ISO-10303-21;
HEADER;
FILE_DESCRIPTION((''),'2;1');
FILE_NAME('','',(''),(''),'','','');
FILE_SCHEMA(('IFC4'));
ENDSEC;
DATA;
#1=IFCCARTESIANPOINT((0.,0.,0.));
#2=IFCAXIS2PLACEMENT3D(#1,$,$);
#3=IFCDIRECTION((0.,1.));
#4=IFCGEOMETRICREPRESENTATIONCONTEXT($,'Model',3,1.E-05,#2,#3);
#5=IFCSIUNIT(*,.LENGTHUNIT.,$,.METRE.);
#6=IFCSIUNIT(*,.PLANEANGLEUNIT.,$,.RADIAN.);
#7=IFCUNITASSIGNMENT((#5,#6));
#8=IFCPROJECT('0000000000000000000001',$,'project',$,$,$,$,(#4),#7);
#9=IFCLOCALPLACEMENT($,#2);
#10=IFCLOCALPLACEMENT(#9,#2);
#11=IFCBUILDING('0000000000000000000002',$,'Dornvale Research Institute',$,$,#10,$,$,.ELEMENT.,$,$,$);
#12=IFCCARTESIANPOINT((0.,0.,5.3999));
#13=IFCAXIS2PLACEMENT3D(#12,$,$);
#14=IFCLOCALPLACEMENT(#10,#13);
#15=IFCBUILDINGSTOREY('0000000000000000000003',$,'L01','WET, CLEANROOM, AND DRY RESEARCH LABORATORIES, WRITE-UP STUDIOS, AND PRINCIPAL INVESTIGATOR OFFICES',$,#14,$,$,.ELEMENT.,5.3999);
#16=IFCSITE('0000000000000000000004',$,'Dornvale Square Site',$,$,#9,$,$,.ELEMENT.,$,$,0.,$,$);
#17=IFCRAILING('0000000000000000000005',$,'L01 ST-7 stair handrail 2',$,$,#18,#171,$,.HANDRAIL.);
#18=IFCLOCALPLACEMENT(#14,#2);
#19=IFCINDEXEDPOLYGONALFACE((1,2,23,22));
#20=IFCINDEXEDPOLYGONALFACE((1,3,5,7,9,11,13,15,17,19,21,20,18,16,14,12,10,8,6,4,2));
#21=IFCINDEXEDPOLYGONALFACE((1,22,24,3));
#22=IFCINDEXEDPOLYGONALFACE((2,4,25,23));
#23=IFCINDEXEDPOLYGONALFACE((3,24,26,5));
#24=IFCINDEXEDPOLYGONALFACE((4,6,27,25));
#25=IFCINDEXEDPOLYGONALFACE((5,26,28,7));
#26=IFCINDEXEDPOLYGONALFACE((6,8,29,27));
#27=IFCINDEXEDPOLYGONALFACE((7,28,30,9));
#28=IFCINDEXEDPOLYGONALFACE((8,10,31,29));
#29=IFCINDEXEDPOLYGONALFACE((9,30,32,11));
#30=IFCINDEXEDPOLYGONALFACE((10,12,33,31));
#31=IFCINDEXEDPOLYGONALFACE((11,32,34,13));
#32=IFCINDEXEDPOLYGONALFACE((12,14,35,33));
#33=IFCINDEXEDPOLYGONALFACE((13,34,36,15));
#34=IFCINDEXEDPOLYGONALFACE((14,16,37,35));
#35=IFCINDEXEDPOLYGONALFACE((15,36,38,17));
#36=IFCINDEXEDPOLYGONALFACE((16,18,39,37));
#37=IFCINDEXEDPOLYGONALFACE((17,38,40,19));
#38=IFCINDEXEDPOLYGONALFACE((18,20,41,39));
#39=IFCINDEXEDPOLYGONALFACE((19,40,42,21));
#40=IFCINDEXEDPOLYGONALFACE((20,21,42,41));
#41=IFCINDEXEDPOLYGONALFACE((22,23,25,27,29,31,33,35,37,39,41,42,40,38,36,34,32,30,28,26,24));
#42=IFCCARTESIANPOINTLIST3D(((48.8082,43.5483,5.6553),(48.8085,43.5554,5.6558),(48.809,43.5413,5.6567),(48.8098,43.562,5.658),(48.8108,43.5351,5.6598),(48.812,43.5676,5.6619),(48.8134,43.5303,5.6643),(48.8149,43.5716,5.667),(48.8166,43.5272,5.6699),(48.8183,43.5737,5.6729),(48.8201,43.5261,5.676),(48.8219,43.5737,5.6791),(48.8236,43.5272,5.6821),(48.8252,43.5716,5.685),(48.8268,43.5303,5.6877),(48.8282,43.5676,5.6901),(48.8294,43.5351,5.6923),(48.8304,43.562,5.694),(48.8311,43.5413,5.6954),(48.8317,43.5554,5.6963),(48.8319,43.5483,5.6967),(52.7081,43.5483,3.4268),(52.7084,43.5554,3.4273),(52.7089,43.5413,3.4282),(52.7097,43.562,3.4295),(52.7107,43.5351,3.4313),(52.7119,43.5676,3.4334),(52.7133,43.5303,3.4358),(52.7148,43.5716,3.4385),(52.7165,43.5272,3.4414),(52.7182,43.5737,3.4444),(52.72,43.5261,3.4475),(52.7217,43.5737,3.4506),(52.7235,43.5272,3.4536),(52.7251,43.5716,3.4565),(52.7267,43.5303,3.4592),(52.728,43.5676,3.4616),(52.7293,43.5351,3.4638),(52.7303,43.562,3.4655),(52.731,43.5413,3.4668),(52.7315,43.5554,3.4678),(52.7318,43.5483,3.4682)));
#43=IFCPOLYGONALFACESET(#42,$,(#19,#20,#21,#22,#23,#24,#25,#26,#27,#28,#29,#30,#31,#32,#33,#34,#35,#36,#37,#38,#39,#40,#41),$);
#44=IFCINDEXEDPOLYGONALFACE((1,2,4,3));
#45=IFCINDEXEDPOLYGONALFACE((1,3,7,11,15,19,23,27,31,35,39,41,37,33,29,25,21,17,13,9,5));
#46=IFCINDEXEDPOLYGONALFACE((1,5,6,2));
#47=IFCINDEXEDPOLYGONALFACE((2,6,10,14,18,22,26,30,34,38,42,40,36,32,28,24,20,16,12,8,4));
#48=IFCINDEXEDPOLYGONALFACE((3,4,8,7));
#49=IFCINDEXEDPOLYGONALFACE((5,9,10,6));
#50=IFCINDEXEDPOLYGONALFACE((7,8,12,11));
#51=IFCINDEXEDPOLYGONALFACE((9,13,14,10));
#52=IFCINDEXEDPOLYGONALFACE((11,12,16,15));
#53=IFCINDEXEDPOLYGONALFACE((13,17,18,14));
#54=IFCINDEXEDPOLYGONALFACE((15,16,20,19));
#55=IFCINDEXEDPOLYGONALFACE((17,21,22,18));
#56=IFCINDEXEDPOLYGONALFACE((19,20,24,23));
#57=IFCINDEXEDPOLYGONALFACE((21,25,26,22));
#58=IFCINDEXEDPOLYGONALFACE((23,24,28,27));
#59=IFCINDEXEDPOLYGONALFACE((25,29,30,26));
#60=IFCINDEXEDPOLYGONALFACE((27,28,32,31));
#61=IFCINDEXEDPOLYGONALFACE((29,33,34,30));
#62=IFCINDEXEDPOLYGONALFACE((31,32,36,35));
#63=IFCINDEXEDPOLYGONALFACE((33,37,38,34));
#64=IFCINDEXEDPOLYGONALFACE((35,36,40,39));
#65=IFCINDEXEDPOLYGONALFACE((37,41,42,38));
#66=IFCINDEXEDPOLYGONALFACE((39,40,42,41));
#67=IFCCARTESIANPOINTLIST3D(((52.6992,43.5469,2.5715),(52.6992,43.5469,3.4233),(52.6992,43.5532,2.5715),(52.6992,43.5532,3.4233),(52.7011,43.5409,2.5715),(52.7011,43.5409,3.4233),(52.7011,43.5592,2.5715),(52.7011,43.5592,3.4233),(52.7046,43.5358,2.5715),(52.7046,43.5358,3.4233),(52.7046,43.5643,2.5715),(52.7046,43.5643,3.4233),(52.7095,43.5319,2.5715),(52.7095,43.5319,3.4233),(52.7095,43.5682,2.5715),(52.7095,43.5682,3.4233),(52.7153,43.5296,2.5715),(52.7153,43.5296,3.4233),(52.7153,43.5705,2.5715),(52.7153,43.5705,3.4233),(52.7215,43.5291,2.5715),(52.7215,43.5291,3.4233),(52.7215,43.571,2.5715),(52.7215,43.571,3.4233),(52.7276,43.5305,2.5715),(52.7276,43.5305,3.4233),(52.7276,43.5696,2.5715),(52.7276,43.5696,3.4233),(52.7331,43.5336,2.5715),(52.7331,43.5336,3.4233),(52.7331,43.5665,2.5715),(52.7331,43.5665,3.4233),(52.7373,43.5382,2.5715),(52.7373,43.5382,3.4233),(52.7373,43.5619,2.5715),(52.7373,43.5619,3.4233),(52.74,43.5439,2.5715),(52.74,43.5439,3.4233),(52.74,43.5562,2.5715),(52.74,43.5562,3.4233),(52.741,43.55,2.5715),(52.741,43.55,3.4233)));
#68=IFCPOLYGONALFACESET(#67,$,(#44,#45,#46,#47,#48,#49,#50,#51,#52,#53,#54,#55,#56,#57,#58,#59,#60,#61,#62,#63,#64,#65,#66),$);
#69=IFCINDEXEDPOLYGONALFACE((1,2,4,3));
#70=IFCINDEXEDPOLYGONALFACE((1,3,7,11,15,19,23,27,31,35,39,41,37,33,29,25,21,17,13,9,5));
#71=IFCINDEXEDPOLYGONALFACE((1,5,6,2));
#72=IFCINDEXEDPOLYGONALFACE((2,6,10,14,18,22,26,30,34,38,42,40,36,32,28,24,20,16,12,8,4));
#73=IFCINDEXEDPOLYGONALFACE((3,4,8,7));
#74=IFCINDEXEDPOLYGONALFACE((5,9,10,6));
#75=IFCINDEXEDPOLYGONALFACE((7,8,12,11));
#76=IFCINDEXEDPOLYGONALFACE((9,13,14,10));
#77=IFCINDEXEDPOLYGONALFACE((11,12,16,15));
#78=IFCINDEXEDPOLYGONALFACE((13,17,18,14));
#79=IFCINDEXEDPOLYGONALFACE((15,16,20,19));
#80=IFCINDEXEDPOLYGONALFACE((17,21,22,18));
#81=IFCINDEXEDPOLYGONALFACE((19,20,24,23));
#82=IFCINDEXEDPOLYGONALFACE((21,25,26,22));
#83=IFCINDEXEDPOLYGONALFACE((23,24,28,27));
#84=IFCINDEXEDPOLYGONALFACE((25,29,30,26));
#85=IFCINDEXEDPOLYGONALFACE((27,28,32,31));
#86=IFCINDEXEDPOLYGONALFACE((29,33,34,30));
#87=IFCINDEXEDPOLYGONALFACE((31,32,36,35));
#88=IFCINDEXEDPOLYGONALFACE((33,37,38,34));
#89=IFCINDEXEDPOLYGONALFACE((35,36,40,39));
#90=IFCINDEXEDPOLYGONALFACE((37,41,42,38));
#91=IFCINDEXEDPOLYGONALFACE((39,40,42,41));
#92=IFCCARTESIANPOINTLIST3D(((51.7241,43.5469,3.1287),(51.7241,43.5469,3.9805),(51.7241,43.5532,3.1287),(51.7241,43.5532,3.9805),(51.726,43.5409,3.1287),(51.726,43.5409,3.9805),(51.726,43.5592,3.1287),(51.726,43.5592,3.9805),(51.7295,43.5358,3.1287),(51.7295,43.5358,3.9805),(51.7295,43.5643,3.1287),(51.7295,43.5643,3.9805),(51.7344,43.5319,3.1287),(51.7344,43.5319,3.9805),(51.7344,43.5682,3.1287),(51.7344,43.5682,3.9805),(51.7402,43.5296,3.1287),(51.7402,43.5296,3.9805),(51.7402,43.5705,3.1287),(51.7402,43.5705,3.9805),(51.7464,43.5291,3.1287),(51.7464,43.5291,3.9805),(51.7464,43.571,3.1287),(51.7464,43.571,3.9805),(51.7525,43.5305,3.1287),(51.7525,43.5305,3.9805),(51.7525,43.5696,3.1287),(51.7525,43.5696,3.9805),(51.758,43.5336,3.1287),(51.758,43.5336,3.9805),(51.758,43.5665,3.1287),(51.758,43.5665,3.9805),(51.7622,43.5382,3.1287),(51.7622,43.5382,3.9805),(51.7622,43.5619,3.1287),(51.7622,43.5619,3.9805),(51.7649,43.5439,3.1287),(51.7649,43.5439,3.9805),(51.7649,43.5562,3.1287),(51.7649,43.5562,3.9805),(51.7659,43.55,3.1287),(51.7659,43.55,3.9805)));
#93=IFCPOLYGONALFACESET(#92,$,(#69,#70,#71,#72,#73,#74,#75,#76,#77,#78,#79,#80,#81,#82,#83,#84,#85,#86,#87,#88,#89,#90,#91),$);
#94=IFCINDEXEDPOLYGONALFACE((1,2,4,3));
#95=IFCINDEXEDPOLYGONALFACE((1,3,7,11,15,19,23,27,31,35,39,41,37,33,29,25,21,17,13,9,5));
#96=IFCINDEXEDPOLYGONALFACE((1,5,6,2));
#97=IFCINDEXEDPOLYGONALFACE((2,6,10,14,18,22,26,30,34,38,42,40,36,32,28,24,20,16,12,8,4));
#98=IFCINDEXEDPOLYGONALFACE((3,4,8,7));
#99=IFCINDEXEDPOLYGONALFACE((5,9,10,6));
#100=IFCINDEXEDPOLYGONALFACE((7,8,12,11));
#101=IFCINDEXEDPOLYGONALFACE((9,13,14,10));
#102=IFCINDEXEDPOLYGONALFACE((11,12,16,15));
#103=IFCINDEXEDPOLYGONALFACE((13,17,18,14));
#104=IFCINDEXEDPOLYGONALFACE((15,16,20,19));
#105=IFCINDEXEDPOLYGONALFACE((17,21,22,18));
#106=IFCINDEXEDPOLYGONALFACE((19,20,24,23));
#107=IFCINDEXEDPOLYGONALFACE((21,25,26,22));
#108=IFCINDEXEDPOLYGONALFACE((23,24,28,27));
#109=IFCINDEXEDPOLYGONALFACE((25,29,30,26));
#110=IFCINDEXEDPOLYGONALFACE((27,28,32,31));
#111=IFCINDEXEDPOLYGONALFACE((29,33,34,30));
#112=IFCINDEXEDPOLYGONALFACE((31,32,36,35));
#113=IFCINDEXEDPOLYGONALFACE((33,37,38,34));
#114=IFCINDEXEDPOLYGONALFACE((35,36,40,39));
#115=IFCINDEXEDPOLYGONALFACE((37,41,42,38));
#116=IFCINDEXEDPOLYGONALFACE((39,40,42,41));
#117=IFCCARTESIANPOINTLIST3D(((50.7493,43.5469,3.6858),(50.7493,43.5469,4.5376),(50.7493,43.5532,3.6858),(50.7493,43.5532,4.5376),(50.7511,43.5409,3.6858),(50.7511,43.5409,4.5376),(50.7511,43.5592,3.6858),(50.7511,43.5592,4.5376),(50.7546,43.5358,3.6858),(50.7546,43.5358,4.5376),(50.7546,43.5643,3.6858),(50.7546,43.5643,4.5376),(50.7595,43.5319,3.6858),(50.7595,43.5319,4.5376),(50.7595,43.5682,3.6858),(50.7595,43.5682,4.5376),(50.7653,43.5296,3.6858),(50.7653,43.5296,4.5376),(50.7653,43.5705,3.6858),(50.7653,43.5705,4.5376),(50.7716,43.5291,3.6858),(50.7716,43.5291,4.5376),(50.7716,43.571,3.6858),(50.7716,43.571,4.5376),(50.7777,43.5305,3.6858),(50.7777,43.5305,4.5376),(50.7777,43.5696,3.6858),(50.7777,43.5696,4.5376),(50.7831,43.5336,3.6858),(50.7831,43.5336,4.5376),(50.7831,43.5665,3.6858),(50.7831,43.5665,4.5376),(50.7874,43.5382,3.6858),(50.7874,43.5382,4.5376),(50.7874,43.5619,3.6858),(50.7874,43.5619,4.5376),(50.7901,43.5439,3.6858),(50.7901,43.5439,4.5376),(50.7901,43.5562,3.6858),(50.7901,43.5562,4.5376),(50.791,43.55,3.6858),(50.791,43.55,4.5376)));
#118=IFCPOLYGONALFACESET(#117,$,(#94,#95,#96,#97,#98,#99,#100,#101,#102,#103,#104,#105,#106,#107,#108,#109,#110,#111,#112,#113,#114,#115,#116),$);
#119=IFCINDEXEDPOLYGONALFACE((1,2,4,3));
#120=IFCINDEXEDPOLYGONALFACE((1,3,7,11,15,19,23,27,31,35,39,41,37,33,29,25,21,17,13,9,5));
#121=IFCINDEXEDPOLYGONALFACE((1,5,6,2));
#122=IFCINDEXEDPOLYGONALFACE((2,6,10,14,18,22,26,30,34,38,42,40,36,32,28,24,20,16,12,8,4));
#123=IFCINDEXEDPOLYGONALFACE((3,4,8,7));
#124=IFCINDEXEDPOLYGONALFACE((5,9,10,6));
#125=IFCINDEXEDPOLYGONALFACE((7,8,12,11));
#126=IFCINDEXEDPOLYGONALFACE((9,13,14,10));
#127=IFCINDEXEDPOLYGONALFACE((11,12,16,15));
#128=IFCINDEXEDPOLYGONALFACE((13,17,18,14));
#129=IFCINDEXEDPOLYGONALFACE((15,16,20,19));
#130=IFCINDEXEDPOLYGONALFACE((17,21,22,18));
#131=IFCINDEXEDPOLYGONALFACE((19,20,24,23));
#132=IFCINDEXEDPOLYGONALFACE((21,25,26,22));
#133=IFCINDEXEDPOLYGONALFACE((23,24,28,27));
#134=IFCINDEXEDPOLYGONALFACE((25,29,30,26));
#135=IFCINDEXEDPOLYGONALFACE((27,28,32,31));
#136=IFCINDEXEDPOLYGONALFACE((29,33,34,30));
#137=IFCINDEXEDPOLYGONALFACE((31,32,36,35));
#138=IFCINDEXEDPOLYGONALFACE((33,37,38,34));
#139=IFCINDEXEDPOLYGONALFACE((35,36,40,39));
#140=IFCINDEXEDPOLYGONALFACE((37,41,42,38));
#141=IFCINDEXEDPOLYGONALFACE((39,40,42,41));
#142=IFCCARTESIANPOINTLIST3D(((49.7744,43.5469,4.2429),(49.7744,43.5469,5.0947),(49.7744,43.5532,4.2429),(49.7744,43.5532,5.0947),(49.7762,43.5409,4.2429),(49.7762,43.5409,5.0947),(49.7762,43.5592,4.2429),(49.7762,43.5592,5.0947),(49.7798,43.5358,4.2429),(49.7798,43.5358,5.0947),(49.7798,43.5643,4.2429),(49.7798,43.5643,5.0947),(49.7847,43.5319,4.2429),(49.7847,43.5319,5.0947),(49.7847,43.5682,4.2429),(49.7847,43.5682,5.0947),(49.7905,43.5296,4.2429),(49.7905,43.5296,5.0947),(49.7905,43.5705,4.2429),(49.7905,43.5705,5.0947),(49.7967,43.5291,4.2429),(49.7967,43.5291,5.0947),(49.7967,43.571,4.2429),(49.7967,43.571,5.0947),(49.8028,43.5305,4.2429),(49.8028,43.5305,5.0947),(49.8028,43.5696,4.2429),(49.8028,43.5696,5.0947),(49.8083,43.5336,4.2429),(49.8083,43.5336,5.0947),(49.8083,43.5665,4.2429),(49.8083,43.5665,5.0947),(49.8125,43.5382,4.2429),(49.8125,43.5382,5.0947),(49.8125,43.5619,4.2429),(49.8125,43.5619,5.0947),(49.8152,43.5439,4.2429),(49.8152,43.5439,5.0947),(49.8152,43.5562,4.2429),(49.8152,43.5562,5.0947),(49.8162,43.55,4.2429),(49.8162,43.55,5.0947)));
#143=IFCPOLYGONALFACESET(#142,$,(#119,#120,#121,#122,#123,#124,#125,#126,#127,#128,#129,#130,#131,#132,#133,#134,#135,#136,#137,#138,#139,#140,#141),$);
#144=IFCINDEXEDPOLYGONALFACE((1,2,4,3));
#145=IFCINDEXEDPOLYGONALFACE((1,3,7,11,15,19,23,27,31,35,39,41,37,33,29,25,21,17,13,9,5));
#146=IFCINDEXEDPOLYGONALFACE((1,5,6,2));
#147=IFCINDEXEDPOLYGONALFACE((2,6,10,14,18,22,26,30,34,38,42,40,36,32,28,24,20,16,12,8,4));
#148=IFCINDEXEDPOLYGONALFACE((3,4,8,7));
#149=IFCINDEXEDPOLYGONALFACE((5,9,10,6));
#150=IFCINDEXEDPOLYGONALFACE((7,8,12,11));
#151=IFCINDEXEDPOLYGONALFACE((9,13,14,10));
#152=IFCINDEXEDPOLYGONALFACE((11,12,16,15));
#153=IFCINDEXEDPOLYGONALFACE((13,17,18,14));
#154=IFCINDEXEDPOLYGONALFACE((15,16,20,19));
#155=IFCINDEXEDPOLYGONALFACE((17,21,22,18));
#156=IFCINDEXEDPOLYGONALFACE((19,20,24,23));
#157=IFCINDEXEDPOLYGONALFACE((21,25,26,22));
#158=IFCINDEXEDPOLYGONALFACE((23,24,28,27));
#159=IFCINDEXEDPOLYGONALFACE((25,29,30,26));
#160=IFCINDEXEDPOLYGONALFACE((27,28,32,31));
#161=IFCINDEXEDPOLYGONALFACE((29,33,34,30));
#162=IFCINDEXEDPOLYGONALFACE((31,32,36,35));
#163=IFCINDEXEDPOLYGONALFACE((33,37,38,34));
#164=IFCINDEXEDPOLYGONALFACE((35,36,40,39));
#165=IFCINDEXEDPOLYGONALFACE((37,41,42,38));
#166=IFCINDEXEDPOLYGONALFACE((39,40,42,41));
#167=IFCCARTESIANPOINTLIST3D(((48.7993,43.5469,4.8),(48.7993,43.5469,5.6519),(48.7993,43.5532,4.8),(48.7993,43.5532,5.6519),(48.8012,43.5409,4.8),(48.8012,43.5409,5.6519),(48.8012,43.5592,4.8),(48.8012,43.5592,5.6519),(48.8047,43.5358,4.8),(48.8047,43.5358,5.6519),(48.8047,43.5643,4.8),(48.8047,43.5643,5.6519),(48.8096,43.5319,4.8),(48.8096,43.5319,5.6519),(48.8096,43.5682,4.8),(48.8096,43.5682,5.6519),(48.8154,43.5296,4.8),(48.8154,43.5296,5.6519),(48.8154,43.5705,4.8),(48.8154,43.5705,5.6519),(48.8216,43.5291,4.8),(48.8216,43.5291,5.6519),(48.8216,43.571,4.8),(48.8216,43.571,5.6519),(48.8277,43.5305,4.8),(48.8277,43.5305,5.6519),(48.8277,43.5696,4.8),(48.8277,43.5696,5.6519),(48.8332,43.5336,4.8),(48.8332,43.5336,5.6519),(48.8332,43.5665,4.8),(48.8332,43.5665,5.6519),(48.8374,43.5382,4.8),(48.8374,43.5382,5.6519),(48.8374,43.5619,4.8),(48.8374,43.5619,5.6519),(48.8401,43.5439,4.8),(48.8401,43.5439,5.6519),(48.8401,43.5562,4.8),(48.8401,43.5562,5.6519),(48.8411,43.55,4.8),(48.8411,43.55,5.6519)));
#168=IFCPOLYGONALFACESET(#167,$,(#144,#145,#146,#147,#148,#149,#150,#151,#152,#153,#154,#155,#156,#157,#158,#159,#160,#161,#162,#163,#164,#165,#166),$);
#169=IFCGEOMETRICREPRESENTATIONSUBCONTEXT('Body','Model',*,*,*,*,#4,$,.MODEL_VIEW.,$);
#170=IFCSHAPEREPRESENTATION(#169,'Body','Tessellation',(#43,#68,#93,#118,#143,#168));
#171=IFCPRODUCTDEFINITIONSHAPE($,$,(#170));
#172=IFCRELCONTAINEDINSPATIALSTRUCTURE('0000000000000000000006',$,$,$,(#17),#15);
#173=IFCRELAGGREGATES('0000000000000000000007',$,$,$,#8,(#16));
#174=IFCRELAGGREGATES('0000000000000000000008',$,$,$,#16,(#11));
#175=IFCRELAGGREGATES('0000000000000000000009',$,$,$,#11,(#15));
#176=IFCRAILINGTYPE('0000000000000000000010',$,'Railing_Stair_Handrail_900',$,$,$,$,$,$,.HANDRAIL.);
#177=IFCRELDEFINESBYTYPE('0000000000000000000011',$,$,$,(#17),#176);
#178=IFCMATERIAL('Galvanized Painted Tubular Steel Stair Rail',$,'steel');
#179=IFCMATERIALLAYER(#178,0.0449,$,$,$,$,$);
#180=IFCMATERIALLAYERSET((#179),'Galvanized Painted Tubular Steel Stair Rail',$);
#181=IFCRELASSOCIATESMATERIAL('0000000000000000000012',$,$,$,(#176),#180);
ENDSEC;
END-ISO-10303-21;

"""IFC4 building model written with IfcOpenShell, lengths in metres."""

from ifc_helpers import new_model, si_unit, direction, frame, origin, origin_2d, place, context, subcontext, project, spatial, circle, extrude, material, layer, layer_set, type_object, element, save


model = new_model("IFC4")

# Units and contexts
model_context = context("Model", 3, precision=1e-05, world=origin(), true_north=direction((0.0, 1.0)))
body_context = subcontext(model_context, "Body", "Model", "MODEL_VIEW")
ifc_project = project(units=[si_unit("LENGTHUNIT", "METRE"), si_unit("PLANEANGLEUNIT", "RADIAN")], contexts=[model_context])

# Site, building, storey
site_placement = place(None, origin())
site = spatial("IfcSite", under=ifc_project, at=site_placement, Name="Dornvale Square Site", CompositionType="ELEMENT", RefElevation=0.0)
building_placement = place(site_placement, origin())
building = spatial("IfcBuilding", under=site, at=building_placement, Name="Dornvale Research Institute", CompositionType="ELEMENT")
storey_placement = place(building_placement, frame((0.0, 0.0, 5.3999)))
storey = spatial("IfcBuildingStorey", under=building, at=storey_placement, Name="L01", Description="WET, CLEANROOM, AND DRY RESEARCH LABORATORIES, WRITE-UP STUDIOS, AND PRINCIPAL INVESTIGATOR OFFICES", CompositionType="ELEMENT", Elevation=5.3999)

# Railing
ifc_material_1 = material(Name="Galvanized Painted Tubular Steel Stair Rail", Category="steel")
ifc_layer_1 = layer(ifc_material_1, 0.0449)
ifc_layer_set_1 = layer_set([ifc_layer_1], Name="Galvanized Painted Tubular Steel Stair Rail")
railing_type_1 = type_object("IfcRailingType", Name="Railing_Stair_Handrail_900", PredefinedType="HANDRAIL", material=ifc_layer_set_1)
railing_1_placement = place(storey_placement, frame((52.72, 43.55, 2.5715)))
element("IfcRailing", 1, at=railing_1_placement, inside=storey, type_object=railing_type_1, Name="L01 ST-7 stair handrail 2", PredefinedType="HANDRAIL", context=body_context, shape_type="SweptSolid", body=[
    extrude(circle(Radius=0.0239, at=origin_2d()), frame((0.0, 0.0, 0.876), z_axis=(-0.868243, 0.0, 0.496139), x_axis=(0.0, -1.0, 0.0)), (0.0, 0.0, 1.0), 4.4917),
    extrude(circle(Radius=0.021, at=origin_2d()), origin(), (0.0, 0.0, 1.0), 0.8518),
    extrude(circle(Radius=0.021, at=origin_2d()), frame((-0.9751, 0.0, 0.5571)), (0.0, 0.0, 1.0), 0.8518),
    extrude(circle(Radius=0.021, at=origin_2d()), frame((-1.95, 0.0, 1.1143)), (0.0, 0.0, 1.0), 0.8518),
    extrude(circle(Radius=0.021, at=origin_2d()), frame((-2.9248, 0.0, 1.6714)), (0.0, 0.0, 1.0), 0.8518),
    extrude(circle(Radius=0.021, at=origin_2d()), frame((-3.8999, 0.0, 2.2285)), (0.0, 0.0, 1.0), 0.8518),
])

save(model, "model.ifc")
